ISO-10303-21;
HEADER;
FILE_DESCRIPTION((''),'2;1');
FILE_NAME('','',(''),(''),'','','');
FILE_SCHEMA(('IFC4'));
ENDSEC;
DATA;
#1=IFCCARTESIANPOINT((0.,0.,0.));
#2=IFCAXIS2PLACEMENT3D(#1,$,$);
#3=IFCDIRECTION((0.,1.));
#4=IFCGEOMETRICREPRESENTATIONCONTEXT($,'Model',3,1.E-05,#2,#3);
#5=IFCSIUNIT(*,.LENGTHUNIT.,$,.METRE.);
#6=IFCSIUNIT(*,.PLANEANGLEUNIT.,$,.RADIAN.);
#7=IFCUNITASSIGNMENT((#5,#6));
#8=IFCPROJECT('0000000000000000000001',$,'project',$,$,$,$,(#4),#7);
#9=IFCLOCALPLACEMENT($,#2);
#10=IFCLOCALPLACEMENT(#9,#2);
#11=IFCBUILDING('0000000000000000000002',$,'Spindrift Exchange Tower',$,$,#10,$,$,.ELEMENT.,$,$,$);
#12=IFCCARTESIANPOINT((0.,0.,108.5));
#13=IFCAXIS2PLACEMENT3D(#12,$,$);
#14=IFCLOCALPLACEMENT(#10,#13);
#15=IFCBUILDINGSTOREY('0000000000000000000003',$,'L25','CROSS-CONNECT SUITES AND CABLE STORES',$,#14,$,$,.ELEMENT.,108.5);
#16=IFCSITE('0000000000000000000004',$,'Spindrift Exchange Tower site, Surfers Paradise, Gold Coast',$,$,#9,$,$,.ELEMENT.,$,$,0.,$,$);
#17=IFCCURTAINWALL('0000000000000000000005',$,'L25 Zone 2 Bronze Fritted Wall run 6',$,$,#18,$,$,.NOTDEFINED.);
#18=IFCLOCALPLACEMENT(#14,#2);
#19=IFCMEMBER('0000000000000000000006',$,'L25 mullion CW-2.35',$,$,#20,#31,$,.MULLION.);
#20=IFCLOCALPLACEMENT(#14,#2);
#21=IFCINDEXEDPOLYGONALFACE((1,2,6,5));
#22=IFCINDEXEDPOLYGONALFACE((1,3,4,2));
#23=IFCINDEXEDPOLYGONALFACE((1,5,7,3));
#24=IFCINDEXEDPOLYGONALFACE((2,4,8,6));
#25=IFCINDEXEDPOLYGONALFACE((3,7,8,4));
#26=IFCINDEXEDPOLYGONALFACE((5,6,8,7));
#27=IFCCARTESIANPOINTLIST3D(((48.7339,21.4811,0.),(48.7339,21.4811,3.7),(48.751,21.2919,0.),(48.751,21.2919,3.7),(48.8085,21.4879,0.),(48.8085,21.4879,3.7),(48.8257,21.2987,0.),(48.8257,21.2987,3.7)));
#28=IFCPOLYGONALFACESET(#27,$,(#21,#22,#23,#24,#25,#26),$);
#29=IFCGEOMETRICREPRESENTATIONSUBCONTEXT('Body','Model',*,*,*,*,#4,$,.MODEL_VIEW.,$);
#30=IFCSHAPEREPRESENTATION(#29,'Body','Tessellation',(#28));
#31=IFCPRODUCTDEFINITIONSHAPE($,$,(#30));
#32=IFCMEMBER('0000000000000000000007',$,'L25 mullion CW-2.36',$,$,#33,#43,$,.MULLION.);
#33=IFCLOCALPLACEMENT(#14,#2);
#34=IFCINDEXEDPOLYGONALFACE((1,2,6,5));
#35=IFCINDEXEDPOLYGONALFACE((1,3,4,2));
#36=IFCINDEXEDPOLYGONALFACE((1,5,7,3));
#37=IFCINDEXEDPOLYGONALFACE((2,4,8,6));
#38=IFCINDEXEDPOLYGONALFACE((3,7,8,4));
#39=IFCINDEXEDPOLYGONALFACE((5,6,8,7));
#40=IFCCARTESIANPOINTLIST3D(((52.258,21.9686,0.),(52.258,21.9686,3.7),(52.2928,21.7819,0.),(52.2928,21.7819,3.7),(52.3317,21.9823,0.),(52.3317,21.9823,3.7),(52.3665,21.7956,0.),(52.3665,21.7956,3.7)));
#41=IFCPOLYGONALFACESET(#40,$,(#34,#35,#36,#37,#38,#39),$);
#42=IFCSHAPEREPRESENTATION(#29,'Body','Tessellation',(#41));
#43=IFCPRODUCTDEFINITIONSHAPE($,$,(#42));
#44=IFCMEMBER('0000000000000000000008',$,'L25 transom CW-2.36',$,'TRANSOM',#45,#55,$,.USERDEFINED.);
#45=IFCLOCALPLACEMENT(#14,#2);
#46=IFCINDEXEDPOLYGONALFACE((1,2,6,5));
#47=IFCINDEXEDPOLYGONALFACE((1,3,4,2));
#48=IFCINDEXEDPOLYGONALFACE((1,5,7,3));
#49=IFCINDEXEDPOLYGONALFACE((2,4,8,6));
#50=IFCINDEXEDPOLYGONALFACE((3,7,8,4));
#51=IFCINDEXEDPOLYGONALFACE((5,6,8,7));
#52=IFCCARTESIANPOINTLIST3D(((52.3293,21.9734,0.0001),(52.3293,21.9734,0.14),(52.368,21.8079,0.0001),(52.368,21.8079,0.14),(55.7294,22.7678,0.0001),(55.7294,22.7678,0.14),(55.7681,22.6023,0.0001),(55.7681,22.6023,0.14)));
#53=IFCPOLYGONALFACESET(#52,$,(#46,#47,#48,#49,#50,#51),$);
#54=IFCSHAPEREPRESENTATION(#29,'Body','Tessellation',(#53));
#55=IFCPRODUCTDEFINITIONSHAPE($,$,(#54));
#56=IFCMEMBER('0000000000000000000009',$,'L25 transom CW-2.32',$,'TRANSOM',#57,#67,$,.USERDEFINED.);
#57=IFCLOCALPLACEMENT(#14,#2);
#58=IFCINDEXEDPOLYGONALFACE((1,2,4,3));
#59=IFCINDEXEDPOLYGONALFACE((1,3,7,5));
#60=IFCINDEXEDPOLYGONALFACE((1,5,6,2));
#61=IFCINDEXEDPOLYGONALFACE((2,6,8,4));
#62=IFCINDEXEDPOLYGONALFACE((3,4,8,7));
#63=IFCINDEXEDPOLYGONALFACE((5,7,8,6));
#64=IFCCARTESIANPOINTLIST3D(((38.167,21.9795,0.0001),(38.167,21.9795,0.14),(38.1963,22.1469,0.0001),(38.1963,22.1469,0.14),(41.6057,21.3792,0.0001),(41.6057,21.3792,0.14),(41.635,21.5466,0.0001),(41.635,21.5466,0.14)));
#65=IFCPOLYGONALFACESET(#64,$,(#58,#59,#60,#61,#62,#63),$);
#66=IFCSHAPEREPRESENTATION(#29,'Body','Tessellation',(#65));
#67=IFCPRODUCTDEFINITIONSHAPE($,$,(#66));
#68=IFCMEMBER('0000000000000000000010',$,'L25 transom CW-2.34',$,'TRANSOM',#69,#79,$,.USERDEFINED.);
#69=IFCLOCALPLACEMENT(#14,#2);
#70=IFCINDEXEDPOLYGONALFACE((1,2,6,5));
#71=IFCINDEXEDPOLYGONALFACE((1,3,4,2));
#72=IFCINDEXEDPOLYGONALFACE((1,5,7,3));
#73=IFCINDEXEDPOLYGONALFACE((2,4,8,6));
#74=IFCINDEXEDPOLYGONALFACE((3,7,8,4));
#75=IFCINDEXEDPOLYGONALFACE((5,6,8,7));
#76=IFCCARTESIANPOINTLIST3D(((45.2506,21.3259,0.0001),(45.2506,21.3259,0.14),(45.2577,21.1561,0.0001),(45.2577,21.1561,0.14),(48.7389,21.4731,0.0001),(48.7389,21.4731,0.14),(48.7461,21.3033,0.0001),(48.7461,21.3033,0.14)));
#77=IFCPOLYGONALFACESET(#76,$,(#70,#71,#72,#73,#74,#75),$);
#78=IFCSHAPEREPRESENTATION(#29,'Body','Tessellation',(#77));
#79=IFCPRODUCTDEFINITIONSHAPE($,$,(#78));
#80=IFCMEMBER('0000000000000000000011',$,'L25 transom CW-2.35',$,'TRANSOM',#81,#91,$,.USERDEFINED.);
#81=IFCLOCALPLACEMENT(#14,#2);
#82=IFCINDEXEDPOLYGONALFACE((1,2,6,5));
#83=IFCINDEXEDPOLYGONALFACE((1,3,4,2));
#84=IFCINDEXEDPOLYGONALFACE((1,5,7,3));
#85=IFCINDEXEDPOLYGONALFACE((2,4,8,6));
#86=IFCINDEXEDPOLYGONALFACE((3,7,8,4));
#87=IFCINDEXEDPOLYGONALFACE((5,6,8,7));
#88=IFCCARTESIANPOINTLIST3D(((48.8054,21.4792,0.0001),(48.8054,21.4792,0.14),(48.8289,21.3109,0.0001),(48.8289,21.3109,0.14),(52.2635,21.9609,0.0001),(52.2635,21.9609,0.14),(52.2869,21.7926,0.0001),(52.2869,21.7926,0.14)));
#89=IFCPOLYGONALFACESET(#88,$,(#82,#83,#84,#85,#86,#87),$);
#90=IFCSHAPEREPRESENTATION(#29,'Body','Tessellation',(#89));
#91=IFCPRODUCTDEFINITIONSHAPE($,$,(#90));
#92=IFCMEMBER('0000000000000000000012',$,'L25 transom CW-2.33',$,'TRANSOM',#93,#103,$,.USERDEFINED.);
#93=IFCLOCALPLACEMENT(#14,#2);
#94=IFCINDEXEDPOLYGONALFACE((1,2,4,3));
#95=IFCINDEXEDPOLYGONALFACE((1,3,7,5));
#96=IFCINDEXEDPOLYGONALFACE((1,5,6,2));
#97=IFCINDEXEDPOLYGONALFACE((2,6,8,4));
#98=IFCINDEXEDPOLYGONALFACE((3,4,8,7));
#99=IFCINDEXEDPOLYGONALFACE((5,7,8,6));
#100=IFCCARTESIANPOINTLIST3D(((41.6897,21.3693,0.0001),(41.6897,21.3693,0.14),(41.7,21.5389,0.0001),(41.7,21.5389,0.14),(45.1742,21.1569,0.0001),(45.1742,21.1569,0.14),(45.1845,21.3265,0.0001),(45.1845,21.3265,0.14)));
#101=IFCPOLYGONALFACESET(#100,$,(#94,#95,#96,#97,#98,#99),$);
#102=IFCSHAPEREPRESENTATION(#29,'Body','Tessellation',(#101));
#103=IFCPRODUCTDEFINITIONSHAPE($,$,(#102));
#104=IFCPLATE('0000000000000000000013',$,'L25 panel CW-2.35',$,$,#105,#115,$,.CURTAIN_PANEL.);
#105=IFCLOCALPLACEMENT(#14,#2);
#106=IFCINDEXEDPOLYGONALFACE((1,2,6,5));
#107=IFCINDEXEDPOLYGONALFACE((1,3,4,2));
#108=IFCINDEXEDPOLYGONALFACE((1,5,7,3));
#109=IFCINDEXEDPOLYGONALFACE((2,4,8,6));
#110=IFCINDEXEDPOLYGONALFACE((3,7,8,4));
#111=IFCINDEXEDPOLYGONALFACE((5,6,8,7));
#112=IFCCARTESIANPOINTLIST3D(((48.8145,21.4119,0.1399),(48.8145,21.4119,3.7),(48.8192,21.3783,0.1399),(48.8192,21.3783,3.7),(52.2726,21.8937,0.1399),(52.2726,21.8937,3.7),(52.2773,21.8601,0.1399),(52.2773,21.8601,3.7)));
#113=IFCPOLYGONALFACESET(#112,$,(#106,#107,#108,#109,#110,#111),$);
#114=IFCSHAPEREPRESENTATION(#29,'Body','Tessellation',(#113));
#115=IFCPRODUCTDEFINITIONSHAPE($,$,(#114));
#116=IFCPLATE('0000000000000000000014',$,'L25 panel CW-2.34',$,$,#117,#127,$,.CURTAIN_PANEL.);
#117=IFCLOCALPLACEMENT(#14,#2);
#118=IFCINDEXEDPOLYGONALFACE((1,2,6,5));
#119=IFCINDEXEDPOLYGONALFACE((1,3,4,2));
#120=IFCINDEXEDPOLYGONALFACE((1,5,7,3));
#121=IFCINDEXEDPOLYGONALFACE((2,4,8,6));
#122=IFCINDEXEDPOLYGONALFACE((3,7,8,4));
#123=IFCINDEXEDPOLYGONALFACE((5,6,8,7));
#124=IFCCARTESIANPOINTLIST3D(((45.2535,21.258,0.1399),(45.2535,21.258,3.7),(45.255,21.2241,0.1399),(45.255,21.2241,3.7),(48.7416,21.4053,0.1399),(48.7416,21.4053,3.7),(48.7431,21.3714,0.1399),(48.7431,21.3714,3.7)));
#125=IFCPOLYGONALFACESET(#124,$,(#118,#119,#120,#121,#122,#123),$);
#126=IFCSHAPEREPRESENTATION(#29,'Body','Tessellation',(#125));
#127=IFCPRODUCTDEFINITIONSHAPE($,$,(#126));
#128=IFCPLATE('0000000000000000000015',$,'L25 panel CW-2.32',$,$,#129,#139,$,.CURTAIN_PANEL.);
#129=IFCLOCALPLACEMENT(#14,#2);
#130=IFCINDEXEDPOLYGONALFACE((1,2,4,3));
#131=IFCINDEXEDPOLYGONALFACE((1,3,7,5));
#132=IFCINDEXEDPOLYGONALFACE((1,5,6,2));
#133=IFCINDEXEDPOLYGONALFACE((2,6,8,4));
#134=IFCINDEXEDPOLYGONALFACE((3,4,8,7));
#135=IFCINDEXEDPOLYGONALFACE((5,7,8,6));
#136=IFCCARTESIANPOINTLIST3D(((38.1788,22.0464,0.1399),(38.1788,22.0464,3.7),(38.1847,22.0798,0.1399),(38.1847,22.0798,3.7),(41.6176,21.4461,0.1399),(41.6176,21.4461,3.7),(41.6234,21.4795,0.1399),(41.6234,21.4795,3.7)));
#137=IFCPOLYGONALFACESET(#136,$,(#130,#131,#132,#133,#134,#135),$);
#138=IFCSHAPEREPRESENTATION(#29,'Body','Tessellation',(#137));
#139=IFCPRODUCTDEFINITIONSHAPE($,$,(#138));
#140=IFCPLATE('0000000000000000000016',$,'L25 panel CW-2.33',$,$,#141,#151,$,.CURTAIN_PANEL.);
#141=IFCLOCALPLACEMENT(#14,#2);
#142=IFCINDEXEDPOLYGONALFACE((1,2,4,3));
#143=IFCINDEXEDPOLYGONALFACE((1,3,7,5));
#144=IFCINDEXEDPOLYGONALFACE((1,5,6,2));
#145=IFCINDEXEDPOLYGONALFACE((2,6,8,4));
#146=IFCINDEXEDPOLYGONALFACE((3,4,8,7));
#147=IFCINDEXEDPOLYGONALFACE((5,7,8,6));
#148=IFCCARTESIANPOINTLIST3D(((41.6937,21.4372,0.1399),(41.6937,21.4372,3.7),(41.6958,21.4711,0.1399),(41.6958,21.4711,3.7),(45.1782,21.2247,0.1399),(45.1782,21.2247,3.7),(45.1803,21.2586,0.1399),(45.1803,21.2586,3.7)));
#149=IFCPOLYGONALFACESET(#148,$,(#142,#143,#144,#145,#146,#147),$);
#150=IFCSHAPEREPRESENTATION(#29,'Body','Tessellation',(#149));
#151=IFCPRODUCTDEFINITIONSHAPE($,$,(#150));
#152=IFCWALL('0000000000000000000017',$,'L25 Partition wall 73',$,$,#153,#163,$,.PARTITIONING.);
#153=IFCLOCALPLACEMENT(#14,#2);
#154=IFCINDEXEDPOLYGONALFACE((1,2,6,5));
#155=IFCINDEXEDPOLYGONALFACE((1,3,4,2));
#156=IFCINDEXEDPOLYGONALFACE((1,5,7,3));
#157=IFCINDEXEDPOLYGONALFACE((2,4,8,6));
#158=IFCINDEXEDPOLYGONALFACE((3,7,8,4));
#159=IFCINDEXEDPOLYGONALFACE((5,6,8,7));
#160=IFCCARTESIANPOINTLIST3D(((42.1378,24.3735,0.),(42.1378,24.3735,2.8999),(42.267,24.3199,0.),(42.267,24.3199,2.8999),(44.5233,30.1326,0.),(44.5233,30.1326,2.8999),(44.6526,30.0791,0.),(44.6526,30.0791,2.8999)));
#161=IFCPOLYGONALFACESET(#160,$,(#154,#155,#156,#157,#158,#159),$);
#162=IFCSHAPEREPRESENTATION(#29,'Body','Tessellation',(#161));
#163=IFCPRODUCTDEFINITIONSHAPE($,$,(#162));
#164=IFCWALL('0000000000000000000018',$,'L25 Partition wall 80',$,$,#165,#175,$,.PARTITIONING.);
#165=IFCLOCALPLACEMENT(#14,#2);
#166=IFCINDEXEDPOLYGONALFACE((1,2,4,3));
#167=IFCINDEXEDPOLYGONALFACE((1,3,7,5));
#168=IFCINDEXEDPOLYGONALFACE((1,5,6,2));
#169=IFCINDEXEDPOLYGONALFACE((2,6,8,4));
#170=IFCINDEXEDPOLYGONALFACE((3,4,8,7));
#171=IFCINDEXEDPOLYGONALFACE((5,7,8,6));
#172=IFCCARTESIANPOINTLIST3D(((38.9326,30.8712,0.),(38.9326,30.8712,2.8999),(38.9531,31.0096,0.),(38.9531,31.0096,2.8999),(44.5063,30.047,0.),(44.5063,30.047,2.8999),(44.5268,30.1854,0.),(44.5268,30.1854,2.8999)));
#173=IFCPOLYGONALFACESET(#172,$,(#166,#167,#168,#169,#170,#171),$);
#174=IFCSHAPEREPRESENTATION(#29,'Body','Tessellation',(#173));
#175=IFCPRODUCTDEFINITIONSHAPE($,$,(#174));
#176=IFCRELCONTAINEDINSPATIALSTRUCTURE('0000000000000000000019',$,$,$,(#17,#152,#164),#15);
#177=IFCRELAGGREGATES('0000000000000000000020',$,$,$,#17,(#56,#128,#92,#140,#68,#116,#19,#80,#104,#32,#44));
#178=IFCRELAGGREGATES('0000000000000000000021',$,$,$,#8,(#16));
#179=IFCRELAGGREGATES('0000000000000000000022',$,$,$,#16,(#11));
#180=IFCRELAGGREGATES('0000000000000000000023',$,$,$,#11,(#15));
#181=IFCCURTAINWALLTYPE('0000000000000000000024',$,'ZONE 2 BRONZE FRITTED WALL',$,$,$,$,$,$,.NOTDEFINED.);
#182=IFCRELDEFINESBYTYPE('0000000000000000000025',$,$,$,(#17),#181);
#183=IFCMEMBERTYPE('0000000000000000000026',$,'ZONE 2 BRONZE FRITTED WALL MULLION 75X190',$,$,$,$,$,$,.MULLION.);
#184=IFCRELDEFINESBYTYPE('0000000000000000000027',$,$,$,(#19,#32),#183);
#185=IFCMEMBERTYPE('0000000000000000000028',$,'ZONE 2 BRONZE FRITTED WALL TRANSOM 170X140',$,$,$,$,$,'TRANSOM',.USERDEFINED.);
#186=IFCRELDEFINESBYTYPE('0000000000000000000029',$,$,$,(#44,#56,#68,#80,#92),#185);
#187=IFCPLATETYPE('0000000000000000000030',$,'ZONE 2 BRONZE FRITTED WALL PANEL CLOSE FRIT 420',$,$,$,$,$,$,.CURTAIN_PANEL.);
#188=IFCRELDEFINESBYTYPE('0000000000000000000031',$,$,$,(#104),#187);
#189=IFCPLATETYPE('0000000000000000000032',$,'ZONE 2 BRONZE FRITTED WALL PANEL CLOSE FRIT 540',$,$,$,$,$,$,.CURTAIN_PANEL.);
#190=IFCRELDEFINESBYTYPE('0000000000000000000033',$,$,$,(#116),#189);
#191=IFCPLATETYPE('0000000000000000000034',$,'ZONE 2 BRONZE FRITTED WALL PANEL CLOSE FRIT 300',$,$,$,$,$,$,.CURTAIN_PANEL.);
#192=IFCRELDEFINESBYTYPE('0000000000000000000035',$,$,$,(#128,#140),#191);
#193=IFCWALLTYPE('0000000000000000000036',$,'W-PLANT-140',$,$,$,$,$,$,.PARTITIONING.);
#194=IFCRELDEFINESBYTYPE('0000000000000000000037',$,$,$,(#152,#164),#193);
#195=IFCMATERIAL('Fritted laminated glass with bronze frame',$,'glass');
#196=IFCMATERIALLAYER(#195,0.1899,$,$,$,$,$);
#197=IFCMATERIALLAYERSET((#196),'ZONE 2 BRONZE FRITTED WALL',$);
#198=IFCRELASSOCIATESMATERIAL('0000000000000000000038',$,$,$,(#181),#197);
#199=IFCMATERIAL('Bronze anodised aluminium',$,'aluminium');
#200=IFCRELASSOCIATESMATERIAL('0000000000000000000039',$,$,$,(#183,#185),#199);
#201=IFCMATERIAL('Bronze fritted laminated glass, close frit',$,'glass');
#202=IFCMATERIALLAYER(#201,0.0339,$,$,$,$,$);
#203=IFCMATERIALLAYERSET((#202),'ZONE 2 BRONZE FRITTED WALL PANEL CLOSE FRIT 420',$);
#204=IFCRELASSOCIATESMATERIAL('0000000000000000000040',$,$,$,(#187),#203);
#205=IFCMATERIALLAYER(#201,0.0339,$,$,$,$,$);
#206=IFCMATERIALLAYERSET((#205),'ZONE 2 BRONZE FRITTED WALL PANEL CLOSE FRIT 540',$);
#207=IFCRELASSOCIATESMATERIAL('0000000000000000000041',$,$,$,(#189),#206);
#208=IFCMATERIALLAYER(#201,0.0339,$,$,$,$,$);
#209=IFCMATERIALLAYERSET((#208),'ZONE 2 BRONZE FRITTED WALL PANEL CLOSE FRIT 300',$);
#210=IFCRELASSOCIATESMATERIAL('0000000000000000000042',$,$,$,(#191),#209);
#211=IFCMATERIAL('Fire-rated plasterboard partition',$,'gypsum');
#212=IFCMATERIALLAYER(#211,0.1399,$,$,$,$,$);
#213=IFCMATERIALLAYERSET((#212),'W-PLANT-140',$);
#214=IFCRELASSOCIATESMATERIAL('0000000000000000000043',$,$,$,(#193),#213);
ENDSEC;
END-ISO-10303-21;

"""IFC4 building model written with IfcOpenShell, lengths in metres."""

from ifc_helpers import new_model, si_unit, direction, frame, frame_2d, origin, origin_2d, place, context, subcontext, project, spatial, rectangle, extrude, source, transform, mapped, material, layer, layer_set, material_profile, profile_set, type_object, element, aggregate, save


model = new_model("IFC4")

# Units and contexts
model_context = context("Model", 3, precision=1e-05, world=origin(), true_north=direction((0.0, 1.0)))
body_context = subcontext(model_context, "Body", "Model", "MODEL_VIEW")
ifc_project = project(units=[si_unit("LENGTHUNIT", "METRE"), si_unit("PLANEANGLEUNIT", "RADIAN")], contexts=[model_context])

# Site, building, storey
site_placement = place(None, origin())
site = spatial("IfcSite", under=ifc_project, at=site_placement, Name="Spindrift Exchange Tower site, Surfers Paradise, Gold Coast", CompositionType="ELEMENT", RefElevation=0.0)
building_placement = place(site_placement, origin())
building = spatial("IfcBuilding", under=site, at=building_placement, Name="Spindrift Exchange Tower", CompositionType="ELEMENT")
storey_placement = place(building_placement, frame((0.0, 0.0, 108.5)))
storey = spatial("IfcBuildingStorey", under=building, at=storey_placement, Name="L25", Description="CROSS-CONNECT SUITES AND CABLE STORES", CompositionType="ELEMENT", Elevation=108.5)

# Curtain wall, members, plates
ifc_material_1 = material(Name="Fritted laminated glass with bronze frame", Category="glass")
ifc_layer_1 = layer(ifc_material_1, 0.1899)
ifc_layer_set_1 = layer_set([ifc_layer_1], Name="ZONE 2 BRONZE FRITTED WALL")
curtain_wall_type = type_object("IfcCurtainWallType", Name="ZONE 2 BRONZE FRITTED WALL", PredefinedType="NOTDEFINED", material=ifc_layer_set_1)
curtain_wall_placement = place(storey_placement, origin())
curtain_wall = element("IfcCurtainWall", 1, at=curtain_wall_placement, inside=storey, type_object=curtain_wall_type, Name="L25 Zone 2 Bronze Fritted Wall run 6", PredefinedType="NOTDEFINED")
ifc_material_2 = material(Name="Bronze anodised aluminium", Category="aluminium")
ifc_material_profile_1 = material_profile(ifc_material_2, rectangle(XDim=0.075, YDim=0.1899, at=origin_2d()), Name="ZONE 2 BRONZE FRITTED WALL MULLION 75X190")
ifc_profile_set_1 = profile_set([ifc_material_profile_1], Name="Bronze anodised aluminium")
member_type_1 = type_object("IfcMemberType", Name="ZONE 2 BRONZE FRITTED WALL MULLION 75X190", PredefinedType="MULLION", material=ifc_profile_set_1)
shared_shape_1 = source(origin(), body_context, "Body", "SweptSolid", [
    extrude(rectangle(XDim=0.075, YDim=0.1899, at=origin_2d()), origin(), (0.0, 0.0, 1.0), 3.7),
])
member_1_placement = place(storey_placement, frame((48.7798, 21.3899, 0.0), z_axis=(0.0, 0.0, 1.0), x_axis=(0.995923, 0.090209, 0.0)))
member_1 = element("IfcMember", 2, at=member_1_placement, type_object=member_type_1, Name="L25 mullion CW-2.35", PredefinedType="MULLION", context=body_context, shape_type="MappedRepresentation", body=[
    mapped(shared_shape_1, transform((0.0, 0.0, 0.0), scale=1.0)),
])
member_2_placement = place(storey_placement, frame((52.3123, 21.8821, 0.0), z_axis=(0.0, 0.0, 1.0), x_axis=(0.98312, 0.18296, 0.0)))
member_2 = element("IfcMember", 3, at=member_2_placement, type_object=member_type_1, Name="L25 mullion CW-2.36", PredefinedType="MULLION", context=body_context, shape_type="MappedRepresentation", body=[
    mapped(shared_shape_1, transform((0.0, 0.0, 0.0), scale=1.0)),
])
ifc_material_profile_2 = material_profile(ifc_material_2, rectangle(XDim=0.1699, YDim=0.1399, at=origin_2d()), Name="ZONE 2 BRONZE FRITTED WALL TRANSOM 170X140")
ifc_profile_set_2 = profile_set([ifc_material_profile_2], Name="Bronze anodised aluminium")
member_type_2 = type_object("IfcMemberType", Name="ZONE 2 BRONZE FRITTED WALL TRANSOM 170X140", ElementType="TRANSOM", PredefinedType="USERDEFINED", material=ifc_profile_set_2)
shared_shape_2 = source(origin(), body_context, "Body", "SweptSolid", [
    extrude(rectangle(XDim=0.1699, YDim=0.1399, at=origin_2d()), origin(), (0.0, 0.0, 1.0), 3.4917),
])
member_3_placement = place(storey_placement, frame((52.3486, 21.8906, 0.0701), z_axis=(0.973774, 0.227519, 0.0), x_axis=(-0.227519, 0.973774, 0.0)))
member_3 = element("IfcMember", 4, at=member_3_placement, type_object=member_type_2, Name="L25 transom CW-2.36", ObjectType="TRANSOM", PredefinedType="USERDEFINED", context=body_context, shape_type="MappedRepresentation", body=[
    mapped(shared_shape_2, transform((0.0, 0.0, 0.0), scale=1.0)),
])
shared_shape_3 = source(origin(), body_context, "Body", "SweptSolid", [
    extrude(rectangle(XDim=0.1699, YDim=0.1399, at=origin_2d()), origin(), (0.0, 0.0, 1.0), 3.4907),
])
member_4_placement = place(storey_placement, frame((38.1816, 22.0632, 0.0701), z_axis=(0.9851, -0.171982, 0.0), x_axis=(0.171982, 0.9851, 0.0)))
member_4 = element("IfcMember", 5, at=member_4_placement, type_object=member_type_2, Name="L25 transom CW-2.32", ObjectType="TRANSOM", PredefinedType="USERDEFINED", context=body_context, shape_type="MappedRepresentation", body=[
    mapped(shared_shape_3, transform((0.0, 0.0, 0.0), scale=1.0)),
])
shared_shape_4 = source(origin(), body_context, "Body", "SweptSolid", [
    extrude(rectangle(XDim=0.1699, YDim=0.1399, at=origin_2d()), origin(), (0.0, 0.0, 1.0), 3.4915),
])
member_5_placement = place(storey_placement, frame((45.2542, 21.241, 0.0701), z_axis=(0.999111, 0.042166, 0.0), x_axis=(-0.042166, 0.999111, 0.0)))
member_5 = element("IfcMember", 6, at=member_5_placement, type_object=member_type_2, Name="L25 transom CW-2.34", ObjectType="TRANSOM", PredefinedType="USERDEFINED", context=body_context, shape_type="MappedRepresentation", body=[
    mapped(shared_shape_4, transform((0.0, 0.0, 0.0), scale=1.0)),
])
member_6_placement = place(storey_placement, frame((48.8171, 21.395, 0.0701), z_axis=(0.990437, 0.137965, 0.0), x_axis=(-0.137965, 0.990437, 0.0)))
member_6 = element("IfcMember", 7, at=member_6_placement, type_object=member_type_2, Name="L25 transom CW-2.35", ObjectType="TRANSOM", PredefinedType="USERDEFINED", context=body_context, shape_type="MappedRepresentation", body=[
    mapped(shared_shape_4, transform((0.0, 0.0, 0.0), scale=1.0)),
])
shared_shape_5 = source(origin(), body_context, "Body", "SweptSolid", [
    extrude(rectangle(XDim=0.1699, YDim=0.1399, at=origin_2d()), origin(), (0.0, 0.0, 1.0), 3.491),
])
member_7_placement = place(storey_placement, frame((41.6948, 21.4541, 0.0701), z_axis=(0.998147, -0.060841, 0.0), x_axis=(0.060841, 0.998147, 0.0)))
member_7 = element("IfcMember", 8, at=member_7_placement, type_object=member_type_2, Name="L25 transom CW-2.33", ObjectType="TRANSOM", PredefinedType="USERDEFINED", context=body_context, shape_type="MappedRepresentation", body=[
    mapped(shared_shape_5, transform((0.0, 0.0, 0.0), scale=1.0)),
])
ifc_material_3 = material(Name="Bronze fritted laminated glass, close frit", Category="glass")
ifc_layer_2 = layer(ifc_material_3, 0.0339)
ifc_layer_set_2 = layer_set([ifc_layer_2], Name="ZONE 2 BRONZE FRITTED WALL PANEL CLOSE FRIT 420")
plate_type_1 = type_object("IfcPlateType", Name="ZONE 2 BRONZE FRITTED WALL PANEL CLOSE FRIT 420", PredefinedType="CURTAIN_PANEL", material=ifc_layer_set_2)
shared_shape_6 = source(origin(), body_context, "Body", "SweptSolid", [
    extrude(rectangle(XDim=3.4915, YDim=0.0339, at=origin_2d()), origin(), (0.0, 0.0, 1.0), 3.5601),
])
plate_1_placement = place(storey_placement, frame((50.5459, 21.636, 0.1399), z_axis=(0.0, 0.0, 1.0), x_axis=(0.990431, 0.13801, 0.0)))
plate_1 = element("IfcPlate", 9, at=plate_1_placement, type_object=plate_type_1, Name="L25 panel CW-2.35", PredefinedType="CURTAIN_PANEL", context=body_context, shape_type="MappedRepresentation", body=[
    mapped(shared_shape_6, transform((0.0, 0.0, 0.0), scale=1.0)),
])
ifc_layer_3 = layer(ifc_material_3, 0.0339)
ifc_layer_set_3 = layer_set([ifc_layer_3], Name="ZONE 2 BRONZE FRITTED WALL PANEL CLOSE FRIT 540")
plate_type_2 = type_object("IfcPlateType", Name="ZONE 2 BRONZE FRITTED WALL PANEL CLOSE FRIT 540", PredefinedType="CURTAIN_PANEL", material=ifc_layer_set_3)
shared_shape_7 = source(origin(), body_context, "Body", "SweptSolid", [
    extrude(rectangle(XDim=3.4912, YDim=0.0339, at=origin_2d()), origin(), (0.0, 0.0, 1.0), 3.5601),
])
plate_2_placement = place(storey_placement, frame((46.9983, 21.3147, 0.1399), z_axis=(0.0, 0.0, 1.0), x_axis=(0.999109, 0.042202, 0.0)))
plate_2 = element("IfcPlate", 10, at=plate_2_placement, type_object=plate_type_2, Name="L25 panel CW-2.34", PredefinedType="CURTAIN_PANEL", context=body_context, shape_type="MappedRepresentation", body=[
    mapped(shared_shape_7, transform((0.0, 0.0, 0.0), scale=1.0)),
])
ifc_layer_4 = layer(ifc_material_3, 0.0339)
ifc_layer_set_4 = layer_set([ifc_layer_4], Name="ZONE 2 BRONZE FRITTED WALL PANEL CLOSE FRIT 300")
plate_type_3 = type_object("IfcPlateType", Name="ZONE 2 BRONZE FRITTED WALL PANEL CLOSE FRIT 300", PredefinedType="CURTAIN_PANEL", material=ifc_layer_set_4)
shared_shape_8 = source(origin(), body_context, "Body", "SweptSolid", [
    extrude(rectangle(XDim=3.4907, YDim=0.0339, at=origin_2d()), origin(), (0.0, 0.0, 1.0), 3.5601),
])
plate_3_placement = place(storey_placement, frame((39.9011, 21.7629, 0.1399), z_axis=(0.0, 0.0, 1.0), x_axis=(0.985102, -0.17197, 0.0)))
plate_3 = element("IfcPlate", 11, at=plate_3_placement, type_object=plate_type_3, Name="L25 panel CW-2.32", PredefinedType="CURTAIN_PANEL", context=body_context, shape_type="MappedRepresentation", body=[
    mapped(shared_shape_8, transform((0.0, 0.0, 0.0), scale=1.0)),
])
shared_shape_9 = source(origin(), body_context, "Body", "SweptSolid", [
    extrude(rectangle(XDim=3.491, YDim=0.0339, at=origin_2d()), origin(), (0.0, 0.0, 1.0), 3.5601),
])
plate_4_placement = place(storey_placement, frame((43.437, 21.3479, 0.1399), z_axis=(0.0, 0.0, 1.0), x_axis=(0.998145, -0.06088, 0.0)))
plate_4 = element("IfcPlate", 12, at=plate_4_placement, type_object=plate_type_3, Name="L25 panel CW-2.33", PredefinedType="CURTAIN_PANEL", context=body_context, shape_type="MappedRepresentation", body=[
    mapped(shared_shape_9, transform((0.0, 0.0, 0.0), scale=1.0)),
])
aggregate(curtain_wall, [member_4, plate_3, member_7, plate_4, member_5, plate_2, member_1, member_6, plate_1, member_2, member_3])

# Walls
ifc_material_4 = material(Name="Fire-rated plasterboard partition", Category="gypsum")
ifc_layer_5 = layer(ifc_material_4, 0.1399)
ifc_layer_set_5 = layer_set([ifc_layer_5], Name="W-PLANT-140")
wall_type = type_object("IfcWallType", Name="W-PLANT-140", PredefinedType="PARTITIONING", material=ifc_layer_set_5)
wall_1_placement = place(storey_placement, frame((44.5879, 30.1057, 0.0), z_axis=(0.0, 0.0, 1.0), x_axis=(-0.382687, -0.923878, 0.0)))
element("IfcWall", 13, at=wall_1_placement, inside=storey, type_object=wall_type, Name="L25 Partition wall 73", PredefinedType="PARTITIONING", context=body_context, shape_type="SweptSolid", body=[
    extrude(rectangle(XDim=6.2336, YDim=0.1399, at=frame_2d((3.1167, 0.0))), origin(), (0.0, 0.0, 1.0), 2.8999),
])
wall_2_placement = place(storey_placement, frame((38.9429, 30.9404, 0.0), z_axis=(0.0, 0.0, 1.0), x_axis=(0.989243, -0.146285, 0.0)))
element("IfcWall", 14, at=wall_2_placement, inside=storey, type_object=wall_type, Name="L25 Partition wall 80", PredefinedType="PARTITIONING", context=body_context, shape_type="SweptSolid", body=[
    extrude(rectangle(XDim=5.6343, YDim=0.1399, at=frame_2d((2.8171, 0.0))), origin(), (0.0, 0.0, 1.0), 2.8999),
])

save(model, "model.ifc")
